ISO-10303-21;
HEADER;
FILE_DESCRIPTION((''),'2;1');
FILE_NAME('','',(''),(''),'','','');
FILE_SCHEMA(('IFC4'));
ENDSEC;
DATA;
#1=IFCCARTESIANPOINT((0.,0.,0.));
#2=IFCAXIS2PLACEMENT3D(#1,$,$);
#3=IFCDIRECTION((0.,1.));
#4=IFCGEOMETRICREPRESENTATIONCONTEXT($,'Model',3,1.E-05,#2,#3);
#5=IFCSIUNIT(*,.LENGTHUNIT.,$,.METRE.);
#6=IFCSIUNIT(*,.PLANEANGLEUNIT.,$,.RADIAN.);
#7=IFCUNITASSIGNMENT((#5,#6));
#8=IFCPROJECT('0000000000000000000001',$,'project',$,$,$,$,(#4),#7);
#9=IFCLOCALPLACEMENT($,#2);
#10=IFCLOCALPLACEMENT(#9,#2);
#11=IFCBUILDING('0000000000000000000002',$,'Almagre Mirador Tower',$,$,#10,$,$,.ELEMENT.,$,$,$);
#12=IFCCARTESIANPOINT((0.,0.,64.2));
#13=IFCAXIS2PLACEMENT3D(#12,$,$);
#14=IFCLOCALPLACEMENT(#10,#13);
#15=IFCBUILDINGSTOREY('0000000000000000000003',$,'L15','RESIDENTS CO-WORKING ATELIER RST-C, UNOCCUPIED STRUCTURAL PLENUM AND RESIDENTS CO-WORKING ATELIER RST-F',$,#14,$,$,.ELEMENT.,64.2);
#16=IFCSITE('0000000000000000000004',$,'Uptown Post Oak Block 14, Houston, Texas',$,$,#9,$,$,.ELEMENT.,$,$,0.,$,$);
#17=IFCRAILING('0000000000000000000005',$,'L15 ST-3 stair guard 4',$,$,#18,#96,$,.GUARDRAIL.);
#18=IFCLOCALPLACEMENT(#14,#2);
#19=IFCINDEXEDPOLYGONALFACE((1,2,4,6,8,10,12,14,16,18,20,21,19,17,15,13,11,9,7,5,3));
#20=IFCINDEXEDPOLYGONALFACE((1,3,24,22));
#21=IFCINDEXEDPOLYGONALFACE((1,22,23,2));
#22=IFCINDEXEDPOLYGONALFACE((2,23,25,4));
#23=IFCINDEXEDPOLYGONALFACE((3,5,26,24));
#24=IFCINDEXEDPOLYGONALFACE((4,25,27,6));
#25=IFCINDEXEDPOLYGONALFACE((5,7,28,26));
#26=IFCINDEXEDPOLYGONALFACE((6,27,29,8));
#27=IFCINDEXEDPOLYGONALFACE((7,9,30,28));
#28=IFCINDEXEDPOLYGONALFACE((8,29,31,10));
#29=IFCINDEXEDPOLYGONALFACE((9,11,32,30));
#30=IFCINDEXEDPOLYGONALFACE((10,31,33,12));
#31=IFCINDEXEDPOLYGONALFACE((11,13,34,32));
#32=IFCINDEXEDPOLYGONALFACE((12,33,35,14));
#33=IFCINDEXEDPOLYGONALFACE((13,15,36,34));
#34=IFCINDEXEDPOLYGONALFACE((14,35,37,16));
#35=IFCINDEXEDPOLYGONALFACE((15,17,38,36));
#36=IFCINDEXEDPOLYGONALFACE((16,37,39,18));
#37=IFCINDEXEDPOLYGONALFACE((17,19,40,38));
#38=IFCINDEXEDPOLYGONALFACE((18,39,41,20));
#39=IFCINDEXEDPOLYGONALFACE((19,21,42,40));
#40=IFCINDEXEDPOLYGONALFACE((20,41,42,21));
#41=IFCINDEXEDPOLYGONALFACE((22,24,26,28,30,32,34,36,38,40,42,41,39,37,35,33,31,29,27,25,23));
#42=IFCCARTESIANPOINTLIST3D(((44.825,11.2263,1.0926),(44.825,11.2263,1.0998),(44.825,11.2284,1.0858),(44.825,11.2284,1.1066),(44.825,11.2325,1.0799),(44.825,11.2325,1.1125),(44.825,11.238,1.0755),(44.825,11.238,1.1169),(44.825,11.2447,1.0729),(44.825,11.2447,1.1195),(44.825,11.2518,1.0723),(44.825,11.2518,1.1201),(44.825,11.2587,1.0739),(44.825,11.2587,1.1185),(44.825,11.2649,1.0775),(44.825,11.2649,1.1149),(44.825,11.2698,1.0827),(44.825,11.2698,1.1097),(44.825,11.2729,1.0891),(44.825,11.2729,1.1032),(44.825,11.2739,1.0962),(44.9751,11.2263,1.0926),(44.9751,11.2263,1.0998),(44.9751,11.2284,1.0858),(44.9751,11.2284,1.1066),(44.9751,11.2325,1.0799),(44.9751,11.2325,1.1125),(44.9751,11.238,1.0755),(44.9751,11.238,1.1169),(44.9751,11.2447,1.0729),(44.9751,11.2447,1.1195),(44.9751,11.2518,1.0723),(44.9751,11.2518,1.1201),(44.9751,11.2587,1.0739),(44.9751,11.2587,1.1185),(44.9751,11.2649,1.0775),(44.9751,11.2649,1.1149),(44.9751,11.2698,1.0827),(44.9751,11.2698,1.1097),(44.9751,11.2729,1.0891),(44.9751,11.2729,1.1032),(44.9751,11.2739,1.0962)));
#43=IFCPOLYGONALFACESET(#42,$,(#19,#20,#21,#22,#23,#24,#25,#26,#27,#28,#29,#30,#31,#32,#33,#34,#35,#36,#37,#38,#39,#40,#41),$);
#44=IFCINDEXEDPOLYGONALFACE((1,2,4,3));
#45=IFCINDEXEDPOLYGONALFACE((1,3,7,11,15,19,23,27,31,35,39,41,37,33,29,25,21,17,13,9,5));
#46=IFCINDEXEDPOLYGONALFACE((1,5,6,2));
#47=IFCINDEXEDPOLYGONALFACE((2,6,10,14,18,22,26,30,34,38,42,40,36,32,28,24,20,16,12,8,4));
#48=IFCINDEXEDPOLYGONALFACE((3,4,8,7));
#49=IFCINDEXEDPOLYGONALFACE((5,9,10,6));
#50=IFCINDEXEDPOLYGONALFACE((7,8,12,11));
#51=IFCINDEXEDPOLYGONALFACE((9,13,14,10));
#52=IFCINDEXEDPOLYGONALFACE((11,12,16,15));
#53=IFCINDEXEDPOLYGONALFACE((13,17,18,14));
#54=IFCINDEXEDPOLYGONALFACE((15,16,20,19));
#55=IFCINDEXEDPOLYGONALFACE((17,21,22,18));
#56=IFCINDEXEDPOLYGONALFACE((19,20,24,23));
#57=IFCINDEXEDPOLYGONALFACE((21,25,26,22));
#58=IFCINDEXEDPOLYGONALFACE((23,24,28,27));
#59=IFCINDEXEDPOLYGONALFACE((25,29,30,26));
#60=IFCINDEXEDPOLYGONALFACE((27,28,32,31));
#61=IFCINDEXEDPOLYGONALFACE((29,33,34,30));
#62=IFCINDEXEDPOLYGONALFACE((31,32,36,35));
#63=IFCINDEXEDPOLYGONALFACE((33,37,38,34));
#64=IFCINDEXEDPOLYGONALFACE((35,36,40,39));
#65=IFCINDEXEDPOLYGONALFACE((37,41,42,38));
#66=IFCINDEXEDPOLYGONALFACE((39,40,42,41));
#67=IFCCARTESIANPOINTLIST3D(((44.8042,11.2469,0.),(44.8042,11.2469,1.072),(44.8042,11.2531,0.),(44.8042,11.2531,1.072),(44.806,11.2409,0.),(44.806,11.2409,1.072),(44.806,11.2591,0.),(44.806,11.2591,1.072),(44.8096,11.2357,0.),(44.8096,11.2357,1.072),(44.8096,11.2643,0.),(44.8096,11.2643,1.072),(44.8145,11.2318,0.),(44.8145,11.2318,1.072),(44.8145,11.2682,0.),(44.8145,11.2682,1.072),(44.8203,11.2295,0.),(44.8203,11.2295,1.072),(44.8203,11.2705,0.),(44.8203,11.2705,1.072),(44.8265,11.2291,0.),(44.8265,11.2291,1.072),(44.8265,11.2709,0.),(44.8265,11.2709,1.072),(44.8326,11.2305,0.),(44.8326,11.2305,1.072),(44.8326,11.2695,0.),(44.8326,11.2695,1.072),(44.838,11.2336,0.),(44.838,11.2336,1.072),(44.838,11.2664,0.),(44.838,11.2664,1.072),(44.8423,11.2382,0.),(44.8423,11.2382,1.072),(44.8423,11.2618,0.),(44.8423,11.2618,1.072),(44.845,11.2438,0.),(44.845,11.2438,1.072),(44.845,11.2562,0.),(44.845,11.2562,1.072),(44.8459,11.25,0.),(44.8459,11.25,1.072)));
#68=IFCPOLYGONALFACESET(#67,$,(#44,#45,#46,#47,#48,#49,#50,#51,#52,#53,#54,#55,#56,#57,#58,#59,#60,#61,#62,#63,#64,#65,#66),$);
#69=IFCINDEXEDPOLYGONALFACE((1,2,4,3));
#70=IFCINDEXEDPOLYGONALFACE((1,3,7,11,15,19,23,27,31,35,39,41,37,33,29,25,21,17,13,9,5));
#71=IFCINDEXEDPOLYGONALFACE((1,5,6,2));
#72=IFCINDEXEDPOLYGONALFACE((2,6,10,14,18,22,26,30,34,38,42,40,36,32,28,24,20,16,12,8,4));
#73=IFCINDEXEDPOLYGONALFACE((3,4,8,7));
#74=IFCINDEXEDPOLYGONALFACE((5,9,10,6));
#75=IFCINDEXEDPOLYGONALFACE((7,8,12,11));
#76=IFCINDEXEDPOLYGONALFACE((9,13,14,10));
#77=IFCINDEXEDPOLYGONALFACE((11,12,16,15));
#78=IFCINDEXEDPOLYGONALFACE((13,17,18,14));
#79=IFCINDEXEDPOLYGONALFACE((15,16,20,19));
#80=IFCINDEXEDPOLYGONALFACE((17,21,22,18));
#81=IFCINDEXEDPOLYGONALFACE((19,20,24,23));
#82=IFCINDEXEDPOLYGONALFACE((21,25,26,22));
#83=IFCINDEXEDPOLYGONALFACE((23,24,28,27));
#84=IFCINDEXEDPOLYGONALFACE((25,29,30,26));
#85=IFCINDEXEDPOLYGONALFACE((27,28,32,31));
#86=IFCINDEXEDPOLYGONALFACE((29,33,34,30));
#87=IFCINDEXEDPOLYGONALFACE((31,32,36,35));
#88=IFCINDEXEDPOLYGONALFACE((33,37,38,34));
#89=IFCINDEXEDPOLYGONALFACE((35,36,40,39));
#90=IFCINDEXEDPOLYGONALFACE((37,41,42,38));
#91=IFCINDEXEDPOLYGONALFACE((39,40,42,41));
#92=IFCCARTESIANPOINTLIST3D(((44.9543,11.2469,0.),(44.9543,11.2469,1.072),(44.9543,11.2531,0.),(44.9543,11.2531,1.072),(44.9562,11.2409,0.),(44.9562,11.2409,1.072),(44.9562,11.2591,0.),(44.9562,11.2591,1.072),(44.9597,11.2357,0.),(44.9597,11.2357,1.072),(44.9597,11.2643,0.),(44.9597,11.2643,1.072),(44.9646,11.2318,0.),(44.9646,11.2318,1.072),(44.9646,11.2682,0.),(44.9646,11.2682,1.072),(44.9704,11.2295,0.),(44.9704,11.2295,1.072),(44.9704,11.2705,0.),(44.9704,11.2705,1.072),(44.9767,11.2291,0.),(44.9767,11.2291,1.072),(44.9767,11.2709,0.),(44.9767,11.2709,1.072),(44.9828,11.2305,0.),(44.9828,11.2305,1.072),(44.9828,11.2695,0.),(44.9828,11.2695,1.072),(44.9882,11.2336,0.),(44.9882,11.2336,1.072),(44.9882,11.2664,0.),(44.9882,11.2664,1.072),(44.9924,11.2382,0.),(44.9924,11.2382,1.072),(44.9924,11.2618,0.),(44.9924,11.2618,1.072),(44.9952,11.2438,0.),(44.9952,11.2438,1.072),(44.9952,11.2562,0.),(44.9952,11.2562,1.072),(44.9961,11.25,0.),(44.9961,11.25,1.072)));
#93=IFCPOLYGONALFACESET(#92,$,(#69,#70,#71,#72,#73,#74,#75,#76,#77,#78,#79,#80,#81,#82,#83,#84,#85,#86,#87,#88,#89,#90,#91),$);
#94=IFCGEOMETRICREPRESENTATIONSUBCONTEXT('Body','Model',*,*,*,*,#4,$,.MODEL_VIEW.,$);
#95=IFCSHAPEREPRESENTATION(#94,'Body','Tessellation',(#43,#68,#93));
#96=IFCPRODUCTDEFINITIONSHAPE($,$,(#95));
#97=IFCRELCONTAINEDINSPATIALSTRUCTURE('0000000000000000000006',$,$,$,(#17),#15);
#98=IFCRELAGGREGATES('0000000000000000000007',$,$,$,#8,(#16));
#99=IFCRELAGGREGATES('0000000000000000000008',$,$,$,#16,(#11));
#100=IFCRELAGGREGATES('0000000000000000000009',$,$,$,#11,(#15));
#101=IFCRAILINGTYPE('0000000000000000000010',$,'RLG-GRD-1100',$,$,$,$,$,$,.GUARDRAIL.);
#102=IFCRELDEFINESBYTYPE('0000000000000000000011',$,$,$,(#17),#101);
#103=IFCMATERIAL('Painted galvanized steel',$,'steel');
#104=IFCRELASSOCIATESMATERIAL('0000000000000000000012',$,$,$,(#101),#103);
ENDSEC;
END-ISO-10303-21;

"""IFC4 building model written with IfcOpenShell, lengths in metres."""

from ifc_helpers import new_model, si_unit, direction, frame, origin, origin_2d, place, context, subcontext, project, spatial, circle, extrude, material, type_object, element, save


model = new_model("IFC4")

# Units and contexts
model_context = context("Model", 3, precision=1e-05, world=origin(), true_north=direction((0.0, 1.0)))
body_context = subcontext(model_context, "Body", "Model", "MODEL_VIEW")
ifc_project = project(units=[si_unit("LENGTHUNIT", "METRE"), si_unit("PLANEANGLEUNIT", "RADIAN")], contexts=[model_context])

# Site, building, storey
site_placement = place(None, origin())
site = spatial("IfcSite", under=ifc_project, at=site_placement, Name="Uptown Post Oak Block 14, Houston, Texas", CompositionType="ELEMENT", RefElevation=0.0)
building_placement = place(site_placement, origin())
building = spatial("IfcBuilding", under=site, at=building_placement, Name="Almagre Mirador Tower", CompositionType="ELEMENT")
storey_placement = place(building_placement, frame((0.0, 0.0, 64.2)))
storey = spatial("IfcBuildingStorey", under=building, at=storey_placement, Name="L15", Description="RESIDENTS CO-WORKING ATELIER RST-C, UNOCCUPIED STRUCTURAL PLENUM AND RESIDENTS CO-WORKING ATELIER RST-F", CompositionType="ELEMENT", Elevation=64.2)

# Railing
ifc_material_1 = material(Name="Painted galvanized steel", Category="steel")
railing_type_1 = type_object("IfcRailingType", Name="RLG-GRD-1100", PredefinedType="GUARDRAIL", material=ifc_material_1)
railing_1_placement = place(storey_placement, frame((44.825, 11.25, 0.0)))
element("IfcRailing", 1, at=railing_1_placement, inside=storey, type_object=railing_type_1, Name="L15 ST-3 stair guard 4", PredefinedType="GUARDRAIL", context=body_context, shape_type="SweptSolid", body=[
    extrude(circle(Radius=0.0239, at=origin_2d()), frame((0.0, 0.0, 1.0962), z_axis=(1.0, 0.0, 0.0), x_axis=(0.0, 1.0, 0.0)), (0.0, 0.0, 1.0), 0.1501),
    extrude(circle(Radius=0.021, at=origin_2d()), origin(), (0.0, 0.0, 1.0), 1.072),
    extrude(circle(Radius=0.021, at=origin_2d()), frame((0.1501, 0.0, 0.0)), (0.0, 0.0, 1.0), 1.072),
])

save(model, "model.ifc")
